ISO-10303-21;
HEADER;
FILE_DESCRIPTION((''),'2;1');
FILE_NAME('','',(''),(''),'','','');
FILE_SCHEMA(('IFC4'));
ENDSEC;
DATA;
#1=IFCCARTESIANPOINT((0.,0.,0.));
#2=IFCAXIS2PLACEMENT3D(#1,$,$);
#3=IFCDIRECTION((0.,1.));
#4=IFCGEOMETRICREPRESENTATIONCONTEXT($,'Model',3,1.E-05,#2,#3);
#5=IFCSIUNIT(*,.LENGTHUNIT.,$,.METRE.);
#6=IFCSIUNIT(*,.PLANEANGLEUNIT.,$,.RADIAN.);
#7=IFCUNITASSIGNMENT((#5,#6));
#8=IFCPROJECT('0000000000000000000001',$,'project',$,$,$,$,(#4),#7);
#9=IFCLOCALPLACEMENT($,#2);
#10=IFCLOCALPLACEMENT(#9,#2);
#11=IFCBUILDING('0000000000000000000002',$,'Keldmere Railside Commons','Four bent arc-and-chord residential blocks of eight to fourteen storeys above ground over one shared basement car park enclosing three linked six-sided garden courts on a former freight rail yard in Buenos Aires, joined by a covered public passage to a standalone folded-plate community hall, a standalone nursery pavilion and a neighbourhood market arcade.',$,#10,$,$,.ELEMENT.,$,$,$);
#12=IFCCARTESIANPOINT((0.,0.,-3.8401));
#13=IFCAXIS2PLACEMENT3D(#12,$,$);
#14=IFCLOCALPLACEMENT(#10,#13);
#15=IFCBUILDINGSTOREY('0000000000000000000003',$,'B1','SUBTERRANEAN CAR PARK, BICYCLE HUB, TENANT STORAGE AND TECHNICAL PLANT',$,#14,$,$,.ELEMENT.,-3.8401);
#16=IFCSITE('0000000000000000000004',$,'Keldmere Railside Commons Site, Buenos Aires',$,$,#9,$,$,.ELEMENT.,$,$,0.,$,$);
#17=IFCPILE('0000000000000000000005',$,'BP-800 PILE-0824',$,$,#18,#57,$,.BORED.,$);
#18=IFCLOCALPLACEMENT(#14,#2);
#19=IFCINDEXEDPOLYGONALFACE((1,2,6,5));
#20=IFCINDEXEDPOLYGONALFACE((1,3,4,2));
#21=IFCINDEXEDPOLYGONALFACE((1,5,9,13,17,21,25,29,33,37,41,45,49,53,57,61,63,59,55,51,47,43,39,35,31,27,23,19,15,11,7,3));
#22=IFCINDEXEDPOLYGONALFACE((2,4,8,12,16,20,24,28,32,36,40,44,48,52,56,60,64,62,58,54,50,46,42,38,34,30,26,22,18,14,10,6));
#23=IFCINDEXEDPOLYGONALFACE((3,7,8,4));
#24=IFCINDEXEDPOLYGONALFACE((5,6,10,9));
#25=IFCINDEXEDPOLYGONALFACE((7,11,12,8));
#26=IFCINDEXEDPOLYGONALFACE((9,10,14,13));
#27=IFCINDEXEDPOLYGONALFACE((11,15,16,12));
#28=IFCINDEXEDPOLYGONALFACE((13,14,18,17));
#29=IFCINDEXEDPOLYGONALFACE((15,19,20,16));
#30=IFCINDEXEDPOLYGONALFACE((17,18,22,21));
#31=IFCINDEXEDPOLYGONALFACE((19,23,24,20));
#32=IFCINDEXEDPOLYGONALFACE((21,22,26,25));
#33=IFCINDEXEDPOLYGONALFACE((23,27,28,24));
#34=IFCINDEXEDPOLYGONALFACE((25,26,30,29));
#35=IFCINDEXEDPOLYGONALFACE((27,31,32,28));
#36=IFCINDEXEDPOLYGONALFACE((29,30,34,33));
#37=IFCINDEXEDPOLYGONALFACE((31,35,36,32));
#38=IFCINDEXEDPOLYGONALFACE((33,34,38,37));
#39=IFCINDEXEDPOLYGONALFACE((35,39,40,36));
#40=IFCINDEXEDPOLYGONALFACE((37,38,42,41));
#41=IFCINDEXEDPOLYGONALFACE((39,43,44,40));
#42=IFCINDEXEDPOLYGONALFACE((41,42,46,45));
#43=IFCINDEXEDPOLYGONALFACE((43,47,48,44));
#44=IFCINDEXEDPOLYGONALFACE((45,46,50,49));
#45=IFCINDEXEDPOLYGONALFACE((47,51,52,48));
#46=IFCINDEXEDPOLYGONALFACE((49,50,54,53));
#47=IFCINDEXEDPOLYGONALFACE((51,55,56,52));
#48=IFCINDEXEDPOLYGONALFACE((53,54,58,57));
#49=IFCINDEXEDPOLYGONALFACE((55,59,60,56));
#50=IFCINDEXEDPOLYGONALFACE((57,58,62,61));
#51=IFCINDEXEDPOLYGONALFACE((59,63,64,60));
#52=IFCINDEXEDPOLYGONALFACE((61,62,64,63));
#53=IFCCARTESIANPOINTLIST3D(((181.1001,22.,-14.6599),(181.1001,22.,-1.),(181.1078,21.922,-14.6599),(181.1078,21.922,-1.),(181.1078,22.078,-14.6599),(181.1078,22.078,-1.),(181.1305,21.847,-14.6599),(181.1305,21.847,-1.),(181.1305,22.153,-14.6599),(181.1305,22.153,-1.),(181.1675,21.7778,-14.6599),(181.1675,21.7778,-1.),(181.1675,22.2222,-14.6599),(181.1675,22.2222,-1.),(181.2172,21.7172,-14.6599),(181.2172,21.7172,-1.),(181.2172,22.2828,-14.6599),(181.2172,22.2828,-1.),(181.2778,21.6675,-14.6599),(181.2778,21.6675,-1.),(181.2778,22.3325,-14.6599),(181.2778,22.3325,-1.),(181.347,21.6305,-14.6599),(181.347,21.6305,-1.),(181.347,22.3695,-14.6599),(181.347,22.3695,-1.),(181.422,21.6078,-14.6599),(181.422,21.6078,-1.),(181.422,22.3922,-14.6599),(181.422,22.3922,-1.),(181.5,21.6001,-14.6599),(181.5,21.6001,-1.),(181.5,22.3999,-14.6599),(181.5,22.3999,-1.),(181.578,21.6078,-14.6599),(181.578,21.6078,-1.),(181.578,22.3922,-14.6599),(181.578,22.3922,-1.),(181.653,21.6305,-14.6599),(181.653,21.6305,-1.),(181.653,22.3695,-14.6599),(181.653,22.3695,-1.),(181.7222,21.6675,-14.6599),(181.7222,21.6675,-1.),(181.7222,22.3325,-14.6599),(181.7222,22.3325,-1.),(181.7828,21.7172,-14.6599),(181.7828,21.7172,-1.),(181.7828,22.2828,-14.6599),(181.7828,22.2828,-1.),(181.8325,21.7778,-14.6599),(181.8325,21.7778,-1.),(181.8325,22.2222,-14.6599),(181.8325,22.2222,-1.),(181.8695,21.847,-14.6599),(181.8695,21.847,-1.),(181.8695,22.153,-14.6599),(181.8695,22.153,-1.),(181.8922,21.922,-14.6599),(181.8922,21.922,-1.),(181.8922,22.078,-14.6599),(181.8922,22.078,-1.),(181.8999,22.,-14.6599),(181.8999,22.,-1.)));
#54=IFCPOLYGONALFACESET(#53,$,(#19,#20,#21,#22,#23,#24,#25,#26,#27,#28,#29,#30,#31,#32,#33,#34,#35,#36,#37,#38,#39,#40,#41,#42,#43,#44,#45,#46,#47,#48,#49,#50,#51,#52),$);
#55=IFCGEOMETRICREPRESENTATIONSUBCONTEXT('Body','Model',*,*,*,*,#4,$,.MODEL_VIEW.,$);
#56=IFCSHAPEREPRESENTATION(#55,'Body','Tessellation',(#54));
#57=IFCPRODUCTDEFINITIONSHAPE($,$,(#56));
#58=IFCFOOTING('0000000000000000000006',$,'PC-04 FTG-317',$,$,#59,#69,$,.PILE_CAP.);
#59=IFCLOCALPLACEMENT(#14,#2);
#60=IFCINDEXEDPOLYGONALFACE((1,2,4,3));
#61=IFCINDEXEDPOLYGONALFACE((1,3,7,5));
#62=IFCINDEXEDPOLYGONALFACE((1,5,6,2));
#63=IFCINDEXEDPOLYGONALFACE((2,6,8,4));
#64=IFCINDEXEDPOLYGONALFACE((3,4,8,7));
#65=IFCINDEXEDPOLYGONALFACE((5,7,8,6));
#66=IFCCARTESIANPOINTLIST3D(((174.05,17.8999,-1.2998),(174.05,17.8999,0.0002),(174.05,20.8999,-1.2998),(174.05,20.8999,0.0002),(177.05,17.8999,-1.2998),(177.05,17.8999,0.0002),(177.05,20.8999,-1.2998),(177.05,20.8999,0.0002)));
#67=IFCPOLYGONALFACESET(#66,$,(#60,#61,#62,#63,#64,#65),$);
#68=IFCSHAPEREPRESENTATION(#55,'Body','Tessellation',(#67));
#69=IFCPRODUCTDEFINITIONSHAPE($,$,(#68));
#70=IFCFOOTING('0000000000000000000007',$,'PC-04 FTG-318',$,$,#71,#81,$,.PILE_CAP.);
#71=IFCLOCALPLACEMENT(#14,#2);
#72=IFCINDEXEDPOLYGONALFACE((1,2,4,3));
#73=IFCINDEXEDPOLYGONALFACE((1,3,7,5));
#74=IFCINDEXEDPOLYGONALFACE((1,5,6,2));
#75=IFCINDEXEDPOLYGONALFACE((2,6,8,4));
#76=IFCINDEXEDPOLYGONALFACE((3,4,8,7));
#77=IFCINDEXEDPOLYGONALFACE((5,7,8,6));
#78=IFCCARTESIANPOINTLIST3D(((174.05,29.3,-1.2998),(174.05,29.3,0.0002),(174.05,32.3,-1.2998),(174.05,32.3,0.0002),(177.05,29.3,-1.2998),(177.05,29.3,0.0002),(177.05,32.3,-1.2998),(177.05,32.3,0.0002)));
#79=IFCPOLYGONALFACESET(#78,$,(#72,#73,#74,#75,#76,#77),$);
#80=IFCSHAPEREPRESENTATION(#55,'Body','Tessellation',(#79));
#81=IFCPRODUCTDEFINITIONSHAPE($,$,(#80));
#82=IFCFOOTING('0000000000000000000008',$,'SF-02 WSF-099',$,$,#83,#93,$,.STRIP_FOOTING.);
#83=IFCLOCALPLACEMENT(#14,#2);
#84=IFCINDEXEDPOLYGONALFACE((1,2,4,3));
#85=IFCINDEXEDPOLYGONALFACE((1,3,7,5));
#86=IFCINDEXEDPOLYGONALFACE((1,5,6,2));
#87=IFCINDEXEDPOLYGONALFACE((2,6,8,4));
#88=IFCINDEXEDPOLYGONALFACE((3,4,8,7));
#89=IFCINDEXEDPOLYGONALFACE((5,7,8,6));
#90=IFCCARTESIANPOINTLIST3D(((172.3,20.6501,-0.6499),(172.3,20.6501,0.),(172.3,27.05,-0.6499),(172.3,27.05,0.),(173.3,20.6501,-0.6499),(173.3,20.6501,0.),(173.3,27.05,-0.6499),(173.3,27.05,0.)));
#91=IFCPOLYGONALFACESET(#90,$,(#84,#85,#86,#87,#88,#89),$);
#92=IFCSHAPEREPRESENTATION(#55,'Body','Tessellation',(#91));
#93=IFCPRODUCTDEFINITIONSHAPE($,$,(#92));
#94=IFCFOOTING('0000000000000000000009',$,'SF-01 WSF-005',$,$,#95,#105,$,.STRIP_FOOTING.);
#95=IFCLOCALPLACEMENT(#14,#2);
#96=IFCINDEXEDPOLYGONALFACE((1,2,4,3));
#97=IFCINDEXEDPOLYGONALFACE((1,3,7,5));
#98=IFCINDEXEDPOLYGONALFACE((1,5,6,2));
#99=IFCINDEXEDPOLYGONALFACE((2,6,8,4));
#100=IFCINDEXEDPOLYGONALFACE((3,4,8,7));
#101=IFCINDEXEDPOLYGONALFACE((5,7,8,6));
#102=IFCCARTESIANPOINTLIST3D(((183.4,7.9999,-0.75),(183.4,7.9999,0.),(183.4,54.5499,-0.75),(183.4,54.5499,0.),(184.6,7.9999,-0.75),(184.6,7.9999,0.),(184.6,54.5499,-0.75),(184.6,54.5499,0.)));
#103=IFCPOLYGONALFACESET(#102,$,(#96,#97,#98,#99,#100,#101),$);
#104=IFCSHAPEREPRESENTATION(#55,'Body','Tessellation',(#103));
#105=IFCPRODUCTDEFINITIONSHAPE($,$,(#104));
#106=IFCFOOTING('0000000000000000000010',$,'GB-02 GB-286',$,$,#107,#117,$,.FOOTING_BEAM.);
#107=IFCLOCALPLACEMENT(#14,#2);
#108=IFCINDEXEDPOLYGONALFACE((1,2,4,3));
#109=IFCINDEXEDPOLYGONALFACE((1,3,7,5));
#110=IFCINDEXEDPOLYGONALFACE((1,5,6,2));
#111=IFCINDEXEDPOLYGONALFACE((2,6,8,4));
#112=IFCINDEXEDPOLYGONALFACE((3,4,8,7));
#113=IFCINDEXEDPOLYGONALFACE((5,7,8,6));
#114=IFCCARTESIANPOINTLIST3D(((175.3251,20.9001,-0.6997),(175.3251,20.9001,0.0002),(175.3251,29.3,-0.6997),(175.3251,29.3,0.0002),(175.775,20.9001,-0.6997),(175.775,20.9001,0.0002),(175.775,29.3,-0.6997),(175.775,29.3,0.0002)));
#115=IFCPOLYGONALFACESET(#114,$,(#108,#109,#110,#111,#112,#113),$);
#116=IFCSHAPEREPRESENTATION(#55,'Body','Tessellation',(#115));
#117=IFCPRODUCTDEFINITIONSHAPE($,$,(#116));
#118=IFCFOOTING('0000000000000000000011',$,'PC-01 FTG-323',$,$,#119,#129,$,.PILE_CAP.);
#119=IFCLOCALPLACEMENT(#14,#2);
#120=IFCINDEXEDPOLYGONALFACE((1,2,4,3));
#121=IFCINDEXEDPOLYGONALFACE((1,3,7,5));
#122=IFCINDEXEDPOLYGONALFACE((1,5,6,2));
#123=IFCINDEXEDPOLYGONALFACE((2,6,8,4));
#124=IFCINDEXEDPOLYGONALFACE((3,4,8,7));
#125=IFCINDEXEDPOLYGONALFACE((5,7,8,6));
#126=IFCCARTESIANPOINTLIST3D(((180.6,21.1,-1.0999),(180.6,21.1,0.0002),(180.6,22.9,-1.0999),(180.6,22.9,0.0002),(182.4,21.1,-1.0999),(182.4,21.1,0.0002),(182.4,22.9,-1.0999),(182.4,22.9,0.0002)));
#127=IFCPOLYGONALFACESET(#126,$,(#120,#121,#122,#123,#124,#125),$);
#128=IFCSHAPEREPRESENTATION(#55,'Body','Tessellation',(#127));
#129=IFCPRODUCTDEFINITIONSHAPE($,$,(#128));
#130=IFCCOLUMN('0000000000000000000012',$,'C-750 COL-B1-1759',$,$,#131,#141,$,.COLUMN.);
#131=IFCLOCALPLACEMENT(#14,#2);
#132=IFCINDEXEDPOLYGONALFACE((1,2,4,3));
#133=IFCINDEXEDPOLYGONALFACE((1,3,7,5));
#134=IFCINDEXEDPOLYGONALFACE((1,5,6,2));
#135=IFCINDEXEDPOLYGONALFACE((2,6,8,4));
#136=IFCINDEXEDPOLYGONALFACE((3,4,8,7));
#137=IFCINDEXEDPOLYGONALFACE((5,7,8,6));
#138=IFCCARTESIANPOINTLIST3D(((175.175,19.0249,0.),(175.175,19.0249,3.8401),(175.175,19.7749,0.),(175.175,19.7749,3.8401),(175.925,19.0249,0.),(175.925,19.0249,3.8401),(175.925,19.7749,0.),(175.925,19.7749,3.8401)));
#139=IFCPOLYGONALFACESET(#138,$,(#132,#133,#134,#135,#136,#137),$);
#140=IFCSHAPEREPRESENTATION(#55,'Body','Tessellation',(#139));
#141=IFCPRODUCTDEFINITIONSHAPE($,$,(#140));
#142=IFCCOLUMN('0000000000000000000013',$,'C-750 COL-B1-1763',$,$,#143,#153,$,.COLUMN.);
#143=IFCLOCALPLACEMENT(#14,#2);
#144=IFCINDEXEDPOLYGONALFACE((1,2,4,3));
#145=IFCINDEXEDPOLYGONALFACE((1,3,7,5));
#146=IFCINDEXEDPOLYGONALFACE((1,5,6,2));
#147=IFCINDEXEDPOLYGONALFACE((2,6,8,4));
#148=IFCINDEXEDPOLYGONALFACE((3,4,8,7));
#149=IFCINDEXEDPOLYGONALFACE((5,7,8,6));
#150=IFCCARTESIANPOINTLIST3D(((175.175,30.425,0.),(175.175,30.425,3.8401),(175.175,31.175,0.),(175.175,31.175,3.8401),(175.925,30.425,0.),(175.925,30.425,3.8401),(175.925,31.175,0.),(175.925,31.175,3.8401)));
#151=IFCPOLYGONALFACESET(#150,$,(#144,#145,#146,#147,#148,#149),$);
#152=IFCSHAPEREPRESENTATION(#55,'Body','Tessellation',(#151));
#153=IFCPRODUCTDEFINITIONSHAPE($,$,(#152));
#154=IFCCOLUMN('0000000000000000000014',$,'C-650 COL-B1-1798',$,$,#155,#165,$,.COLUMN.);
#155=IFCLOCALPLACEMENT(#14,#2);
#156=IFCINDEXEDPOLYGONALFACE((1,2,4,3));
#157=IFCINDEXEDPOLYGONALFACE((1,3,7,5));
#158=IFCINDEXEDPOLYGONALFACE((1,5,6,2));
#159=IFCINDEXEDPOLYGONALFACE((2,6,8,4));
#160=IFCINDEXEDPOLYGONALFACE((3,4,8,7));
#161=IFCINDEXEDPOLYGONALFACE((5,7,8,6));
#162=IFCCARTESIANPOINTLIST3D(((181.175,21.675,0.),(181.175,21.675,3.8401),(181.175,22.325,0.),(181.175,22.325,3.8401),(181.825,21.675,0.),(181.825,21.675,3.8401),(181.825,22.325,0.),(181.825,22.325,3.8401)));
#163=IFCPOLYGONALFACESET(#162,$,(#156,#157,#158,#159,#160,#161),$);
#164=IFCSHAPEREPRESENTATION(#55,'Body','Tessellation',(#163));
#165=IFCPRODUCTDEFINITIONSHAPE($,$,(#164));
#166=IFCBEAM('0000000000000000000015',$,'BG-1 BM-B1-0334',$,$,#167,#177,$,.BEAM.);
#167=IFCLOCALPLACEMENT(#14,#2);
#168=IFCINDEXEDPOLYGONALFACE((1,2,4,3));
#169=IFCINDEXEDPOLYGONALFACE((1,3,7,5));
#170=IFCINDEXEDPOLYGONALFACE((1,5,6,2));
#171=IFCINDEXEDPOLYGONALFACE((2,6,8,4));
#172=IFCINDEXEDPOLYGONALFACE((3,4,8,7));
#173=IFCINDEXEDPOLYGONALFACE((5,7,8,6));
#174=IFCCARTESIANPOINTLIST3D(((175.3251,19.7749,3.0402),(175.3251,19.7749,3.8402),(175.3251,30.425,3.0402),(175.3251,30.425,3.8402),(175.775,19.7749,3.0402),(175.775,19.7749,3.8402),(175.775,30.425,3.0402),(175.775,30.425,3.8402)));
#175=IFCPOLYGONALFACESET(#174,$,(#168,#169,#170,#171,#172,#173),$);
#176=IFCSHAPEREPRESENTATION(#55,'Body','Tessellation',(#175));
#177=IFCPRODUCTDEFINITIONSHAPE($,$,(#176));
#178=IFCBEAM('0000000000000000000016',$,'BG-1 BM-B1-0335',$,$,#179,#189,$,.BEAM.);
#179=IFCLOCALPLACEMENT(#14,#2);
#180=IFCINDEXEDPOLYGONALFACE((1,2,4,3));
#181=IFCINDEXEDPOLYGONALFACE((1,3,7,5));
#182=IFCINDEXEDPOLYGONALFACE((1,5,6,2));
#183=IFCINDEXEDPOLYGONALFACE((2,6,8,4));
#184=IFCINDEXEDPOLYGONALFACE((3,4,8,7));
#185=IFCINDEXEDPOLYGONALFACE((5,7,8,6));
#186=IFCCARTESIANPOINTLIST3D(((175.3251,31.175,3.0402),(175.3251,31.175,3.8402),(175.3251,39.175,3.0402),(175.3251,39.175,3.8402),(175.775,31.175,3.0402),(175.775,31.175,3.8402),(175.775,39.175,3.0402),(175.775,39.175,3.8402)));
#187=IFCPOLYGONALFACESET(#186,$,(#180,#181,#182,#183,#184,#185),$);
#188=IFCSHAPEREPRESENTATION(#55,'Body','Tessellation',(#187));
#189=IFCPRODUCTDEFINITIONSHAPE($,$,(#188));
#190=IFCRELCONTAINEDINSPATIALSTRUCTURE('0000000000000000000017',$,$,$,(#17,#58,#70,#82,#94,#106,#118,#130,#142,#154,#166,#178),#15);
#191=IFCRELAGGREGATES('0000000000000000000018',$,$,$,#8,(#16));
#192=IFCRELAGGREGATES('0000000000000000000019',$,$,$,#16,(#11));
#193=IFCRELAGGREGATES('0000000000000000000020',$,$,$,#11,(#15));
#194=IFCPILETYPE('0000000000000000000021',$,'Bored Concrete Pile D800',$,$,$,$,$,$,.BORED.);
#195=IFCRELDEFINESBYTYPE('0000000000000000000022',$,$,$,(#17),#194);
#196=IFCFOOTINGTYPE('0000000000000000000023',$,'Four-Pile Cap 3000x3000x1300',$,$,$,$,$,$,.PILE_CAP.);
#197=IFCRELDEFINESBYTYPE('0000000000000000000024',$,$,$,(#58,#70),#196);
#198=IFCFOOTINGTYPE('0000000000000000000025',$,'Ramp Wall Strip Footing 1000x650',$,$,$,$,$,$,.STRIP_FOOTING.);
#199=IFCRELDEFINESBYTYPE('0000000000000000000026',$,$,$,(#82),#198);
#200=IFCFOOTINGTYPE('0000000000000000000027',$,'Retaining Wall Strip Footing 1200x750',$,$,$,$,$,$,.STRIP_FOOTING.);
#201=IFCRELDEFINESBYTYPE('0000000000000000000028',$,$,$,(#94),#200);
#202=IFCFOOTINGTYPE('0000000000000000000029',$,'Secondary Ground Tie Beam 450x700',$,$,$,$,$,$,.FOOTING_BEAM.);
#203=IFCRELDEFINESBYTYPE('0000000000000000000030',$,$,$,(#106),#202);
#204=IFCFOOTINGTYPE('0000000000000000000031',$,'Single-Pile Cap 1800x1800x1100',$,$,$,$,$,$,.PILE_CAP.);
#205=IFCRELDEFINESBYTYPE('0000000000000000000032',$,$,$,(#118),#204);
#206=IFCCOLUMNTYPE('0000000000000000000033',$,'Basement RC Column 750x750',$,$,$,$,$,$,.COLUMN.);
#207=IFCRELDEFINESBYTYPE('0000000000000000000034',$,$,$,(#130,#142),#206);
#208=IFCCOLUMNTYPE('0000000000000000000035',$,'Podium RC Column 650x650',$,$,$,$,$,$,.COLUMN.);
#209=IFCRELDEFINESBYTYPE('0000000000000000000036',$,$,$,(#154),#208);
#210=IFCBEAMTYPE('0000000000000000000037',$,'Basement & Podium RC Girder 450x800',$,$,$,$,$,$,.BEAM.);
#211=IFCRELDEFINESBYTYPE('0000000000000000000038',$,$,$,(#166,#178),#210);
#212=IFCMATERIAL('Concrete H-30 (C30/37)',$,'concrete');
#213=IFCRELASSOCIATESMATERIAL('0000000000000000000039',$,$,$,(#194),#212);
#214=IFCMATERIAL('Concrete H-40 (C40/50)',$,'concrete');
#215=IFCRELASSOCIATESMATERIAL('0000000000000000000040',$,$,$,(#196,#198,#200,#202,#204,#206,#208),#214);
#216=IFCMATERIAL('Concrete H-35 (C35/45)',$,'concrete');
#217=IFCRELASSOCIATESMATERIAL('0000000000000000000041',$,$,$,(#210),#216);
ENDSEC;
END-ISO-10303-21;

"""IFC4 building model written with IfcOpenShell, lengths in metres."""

from ifc_helpers import new_model, si_unit, direction, frame, origin, origin_2d, place, context, subcontext, project, spatial, rectangle, circle, extrude, material, material_profile, profile_set, type_object, element, save


model = new_model("IFC4")

# Units and contexts
model_context = context("Model", 3, precision=1e-05, world=origin(), true_north=direction((0.0, 1.0)))
body_context = subcontext(model_context, "Body", "Model", "MODEL_VIEW")
ifc_project = project(units=[si_unit("LENGTHUNIT", "METRE"), si_unit("PLANEANGLEUNIT", "RADIAN")], contexts=[model_context])

# Site, building, storey
site_placement = place(None, origin())
site = spatial("IfcSite", under=ifc_project, at=site_placement, Name="Keldmere Railside Commons Site, Buenos Aires", CompositionType="ELEMENT", RefElevation=0.0)
building_placement = place(site_placement, origin())
building = spatial("IfcBuilding", under=site, at=building_placement, Name="Keldmere Railside Commons", Description="Four bent arc-and-chord residential blocks of eight to fourteen storeys above ground over one shared basement car park enclosing three linked six-sided garden courts on a former freight rail yard in Buenos Aires, joined by a covered public passage to a standalone folded-plate community hall, a standalone nursery pavilion and a neighbourhood market arcade.", CompositionType="ELEMENT")
storey_placement = place(building_placement, frame((0.0, 0.0, -3.8401)))
storey = spatial("IfcBuildingStorey", under=building, at=storey_placement, Name="B1", Description="SUBTERRANEAN CAR PARK, BICYCLE HUB, TENANT STORAGE AND TECHNICAL PLANT", CompositionType="ELEMENT", Elevation=-3.8401)

# Pile
ifc_material_1 = material(Name="Concrete H-30 (C30/37)", Category="concrete")
ifc_material_profile_1 = material_profile(ifc_material_1, circle(Radius=0.3999, at=origin_2d()), Name="PILE-D800")
ifc_profile_set_1 = profile_set([ifc_material_profile_1], Name="Concrete H-30 (C30/37)")
pile_type = type_object("IfcPileType", Name="Bored Concrete Pile D800", PredefinedType="BORED", material=ifc_profile_set_1)
pile_placement = place(storey_placement, frame((181.5, 22.0, -1.0), z_axis=(0.0, 0.0, -1.0), x_axis=(1.0, 0.0, 0.0)))
element("IfcPile", 1, at=pile_placement, inside=storey, type_object=pile_type, Name="BP-800 PILE-0824", PredefinedType="BORED", context=body_context, shape_type="SweptSolid", body=[
    extrude(circle(Radius=0.3999, at=origin_2d()), origin(), (0.0, 0.0, 1.0), 13.6599),
])

# Footings
ifc_material_2 = material(Name="Concrete H-40 (C40/50)", Category="concrete")
footing_type_1 = type_object("IfcFootingType", Name="Four-Pile Cap 3000x3000x1300", PredefinedType="PILE_CAP", material=ifc_material_2)
for number, where, z_axis, x_axis, name in (
    (2, (175.55, 19.3999, -1.2998), (0.0, 0.0, 1.0), (1.0, 0.0, 0.0), "PC-04 FTG-317"),
    (3, (175.55, 30.8, -1.2998), (0.0, 0.0, 1.0), (1.0, 0.0, 0.0), "PC-04 FTG-318"),
):
    element("IfcFooting", number, at=place(storey_placement, frame(where, z_axis=z_axis, x_axis=x_axis)), inside=storey, type_object=footing_type_1, Name=name, PredefinedType="PILE_CAP", context=body_context, shape_type="SweptSolid", body=[
        extrude(rectangle(XDim=3.0, YDim=3.0, at=origin_2d()), origin(), (0.0, 0.0, 1.0), 1.3),
    ])
footing_type_2 = type_object("IfcFootingType", Name="Ramp Wall Strip Footing 1000x650", PredefinedType="STRIP_FOOTING", material=ifc_material_2)
footing_1_placement = place(storey_placement, frame((172.8, 23.8501, -0.6499), z_axis=(0.0, 0.0, 1.0), x_axis=(0.0, 1.0, 0.0)))
element("IfcFooting", 4, at=footing_1_placement, inside=storey, type_object=footing_type_2, Name="SF-02 WSF-099", PredefinedType="STRIP_FOOTING", context=body_context, shape_type="SweptSolid", body=[
    extrude(rectangle(XDim=6.3999, YDim=1.0, at=origin_2d()), origin(), (0.0, 0.0, 1.0), 0.6499),
])
footing_type_3 = type_object("IfcFootingType", Name="Retaining Wall Strip Footing 1200x750", PredefinedType="STRIP_FOOTING", material=ifc_material_2)
footing_2_placement = place(storey_placement, frame((184.0, 31.2749, -0.75), z_axis=(0.0, 0.0, 1.0), x_axis=(0.0, 1.0, 0.0)))
element("IfcFooting", 5, at=footing_2_placement, inside=storey, type_object=footing_type_3, Name="SF-01 WSF-005", PredefinedType="STRIP_FOOTING", context=body_context, shape_type="SweptSolid", body=[
    extrude(rectangle(XDim=46.55, YDim=1.2, at=origin_2d()), origin(), (0.0, 0.0, 1.0), 0.75),
])
footing_type_4 = type_object("IfcFootingType", Name="Secondary Ground Tie Beam 450x700", PredefinedType="FOOTING_BEAM", material=ifc_material_2)
footing_3_placement = place(storey_placement, frame((175.55, 25.1001, -0.6997), z_axis=(0.0, 0.0, 1.0), x_axis=(0.0, 1.0, 0.0)))
element("IfcFooting", 6, at=footing_3_placement, inside=storey, type_object=footing_type_4, Name="GB-02 GB-286", PredefinedType="FOOTING_BEAM", context=body_context, shape_type="SweptSolid", body=[
    extrude(rectangle(XDim=8.3999, YDim=0.45, at=origin_2d()), origin(), (0.0, 0.0, 1.0), 0.7),
])
footing_type_5 = type_object("IfcFootingType", Name="Single-Pile Cap 1800x1800x1100", PredefinedType="PILE_CAP", material=ifc_material_2)
footing_4_placement = place(storey_placement, frame((181.5, 22.0, -1.0999), z_axis=(0.0, 0.0, 1.0), x_axis=(1.0, 0.0, 0.0)))
element("IfcFooting", 7, at=footing_4_placement, inside=storey, type_object=footing_type_5, Name="PC-01 FTG-323", PredefinedType="PILE_CAP", context=body_context, shape_type="SweptSolid", body=[
    extrude(rectangle(XDim=1.8, YDim=1.8, at=origin_2d()), origin(), (0.0, 0.0, 1.0), 1.1001),
])

# Columns
ifc_material_profile_2 = material_profile(ifc_material_2, rectangle(XDim=0.75, YDim=0.75, at=origin_2d()), Name="RC-750x750")
ifc_profile_set_2 = profile_set([ifc_material_profile_2], Name="Concrete H-40 (C40/50)")
column_type_1 = type_object("IfcColumnType", Name="Basement RC Column 750x750", PredefinedType="COLUMN", material=ifc_profile_set_2)
for number, where, z_axis, x_axis, name in (
    (8, (175.55, 19.3999, 0.0), (0.0, 0.0, 1.0), (1.0, 0.0, 0.0), "C-750 COL-B1-1759"),
    (9, (175.55, 30.8, 0.0), (0.0, 0.0, 1.0), (1.0, 0.0, 0.0), "C-750 COL-B1-1763"),
):
    element("IfcColumn", number, at=place(storey_placement, frame(where, z_axis=z_axis, x_axis=x_axis)), inside=storey, type_object=column_type_1, Name=name, PredefinedType="COLUMN", context=body_context, shape_type="SweptSolid", body=[
        extrude(rectangle(XDim=0.75, YDim=0.75, at=origin_2d()), origin(), (0.0, 0.0, 1.0), 3.8401),
    ])
ifc_material_profile_3 = material_profile(ifc_material_2, rectangle(XDim=0.6499, YDim=0.6499, at=origin_2d()), Name="RC-650x650")
ifc_profile_set_3 = profile_set([ifc_material_profile_3], Name="Concrete H-40 (C40/50)")
column_type_2 = type_object("IfcColumnType", Name="Podium RC Column 650x650", PredefinedType="COLUMN", material=ifc_profile_set_3)
column_placement = place(storey_placement, frame((181.5, 22.0, 0.0), z_axis=(0.0, 0.0, 1.0), x_axis=(1.0, 0.0, 0.0)))
element("IfcColumn", 10, at=column_placement, inside=storey, type_object=column_type_2, Name="C-650 COL-B1-1798", PredefinedType="COLUMN", context=body_context, shape_type="SweptSolid", body=[
    extrude(rectangle(XDim=0.6499, YDim=0.6499, at=origin_2d()), origin(), (0.0, 0.0, 1.0), 3.8401),
])

# Beams
ifc_material_3 = material(Name="Concrete H-35 (C35/45)", Category="concrete")
ifc_material_profile_4 = material_profile(ifc_material_3, rectangle(XDim=0.45, YDim=0.8, at=origin_2d()), Name="RC-450x800")
ifc_profile_set_4 = profile_set([ifc_material_profile_4], Name="Concrete H-35 (C35/45)")
beam_type = type_object("IfcBeamType", Name="Basement & Podium RC Girder 450x800", PredefinedType="BEAM", material=ifc_profile_set_4)
beam_1_placement = place(storey_placement, frame((175.55, 19.7749, 3.4402), z_axis=(0.0, 1.0, 0.0), x_axis=(-1.0, 0.0, 0.0)))
element("IfcBeam", 11, at=beam_1_placement, inside=storey, type_object=beam_type, Name="BG-1 BM-B1-0334", PredefinedType="BEAM", context=body_context, shape_type="SweptSolid", body=[
    extrude(rectangle(XDim=0.45, YDim=0.8, at=origin_2d()), origin(), (0.0, 0.0, 1.0), 10.6501),
])
beam_2_placement = place(storey_placement, frame((175.55, 31.175, 3.4402), z_axis=(0.0, 1.0, 0.0), x_axis=(-1.0, 0.0, 0.0)))
element("IfcBeam", 12, at=beam_2_placement, inside=storey, type_object=beam_type, Name="BG-1 BM-B1-0335", PredefinedType="BEAM", context=body_context, shape_type="SweptSolid", body=[
    extrude(rectangle(XDim=0.45, YDim=0.8, at=origin_2d()), origin(), (0.0, 0.0, 1.0), 8.0),
])

save(model, "model.ifc")
